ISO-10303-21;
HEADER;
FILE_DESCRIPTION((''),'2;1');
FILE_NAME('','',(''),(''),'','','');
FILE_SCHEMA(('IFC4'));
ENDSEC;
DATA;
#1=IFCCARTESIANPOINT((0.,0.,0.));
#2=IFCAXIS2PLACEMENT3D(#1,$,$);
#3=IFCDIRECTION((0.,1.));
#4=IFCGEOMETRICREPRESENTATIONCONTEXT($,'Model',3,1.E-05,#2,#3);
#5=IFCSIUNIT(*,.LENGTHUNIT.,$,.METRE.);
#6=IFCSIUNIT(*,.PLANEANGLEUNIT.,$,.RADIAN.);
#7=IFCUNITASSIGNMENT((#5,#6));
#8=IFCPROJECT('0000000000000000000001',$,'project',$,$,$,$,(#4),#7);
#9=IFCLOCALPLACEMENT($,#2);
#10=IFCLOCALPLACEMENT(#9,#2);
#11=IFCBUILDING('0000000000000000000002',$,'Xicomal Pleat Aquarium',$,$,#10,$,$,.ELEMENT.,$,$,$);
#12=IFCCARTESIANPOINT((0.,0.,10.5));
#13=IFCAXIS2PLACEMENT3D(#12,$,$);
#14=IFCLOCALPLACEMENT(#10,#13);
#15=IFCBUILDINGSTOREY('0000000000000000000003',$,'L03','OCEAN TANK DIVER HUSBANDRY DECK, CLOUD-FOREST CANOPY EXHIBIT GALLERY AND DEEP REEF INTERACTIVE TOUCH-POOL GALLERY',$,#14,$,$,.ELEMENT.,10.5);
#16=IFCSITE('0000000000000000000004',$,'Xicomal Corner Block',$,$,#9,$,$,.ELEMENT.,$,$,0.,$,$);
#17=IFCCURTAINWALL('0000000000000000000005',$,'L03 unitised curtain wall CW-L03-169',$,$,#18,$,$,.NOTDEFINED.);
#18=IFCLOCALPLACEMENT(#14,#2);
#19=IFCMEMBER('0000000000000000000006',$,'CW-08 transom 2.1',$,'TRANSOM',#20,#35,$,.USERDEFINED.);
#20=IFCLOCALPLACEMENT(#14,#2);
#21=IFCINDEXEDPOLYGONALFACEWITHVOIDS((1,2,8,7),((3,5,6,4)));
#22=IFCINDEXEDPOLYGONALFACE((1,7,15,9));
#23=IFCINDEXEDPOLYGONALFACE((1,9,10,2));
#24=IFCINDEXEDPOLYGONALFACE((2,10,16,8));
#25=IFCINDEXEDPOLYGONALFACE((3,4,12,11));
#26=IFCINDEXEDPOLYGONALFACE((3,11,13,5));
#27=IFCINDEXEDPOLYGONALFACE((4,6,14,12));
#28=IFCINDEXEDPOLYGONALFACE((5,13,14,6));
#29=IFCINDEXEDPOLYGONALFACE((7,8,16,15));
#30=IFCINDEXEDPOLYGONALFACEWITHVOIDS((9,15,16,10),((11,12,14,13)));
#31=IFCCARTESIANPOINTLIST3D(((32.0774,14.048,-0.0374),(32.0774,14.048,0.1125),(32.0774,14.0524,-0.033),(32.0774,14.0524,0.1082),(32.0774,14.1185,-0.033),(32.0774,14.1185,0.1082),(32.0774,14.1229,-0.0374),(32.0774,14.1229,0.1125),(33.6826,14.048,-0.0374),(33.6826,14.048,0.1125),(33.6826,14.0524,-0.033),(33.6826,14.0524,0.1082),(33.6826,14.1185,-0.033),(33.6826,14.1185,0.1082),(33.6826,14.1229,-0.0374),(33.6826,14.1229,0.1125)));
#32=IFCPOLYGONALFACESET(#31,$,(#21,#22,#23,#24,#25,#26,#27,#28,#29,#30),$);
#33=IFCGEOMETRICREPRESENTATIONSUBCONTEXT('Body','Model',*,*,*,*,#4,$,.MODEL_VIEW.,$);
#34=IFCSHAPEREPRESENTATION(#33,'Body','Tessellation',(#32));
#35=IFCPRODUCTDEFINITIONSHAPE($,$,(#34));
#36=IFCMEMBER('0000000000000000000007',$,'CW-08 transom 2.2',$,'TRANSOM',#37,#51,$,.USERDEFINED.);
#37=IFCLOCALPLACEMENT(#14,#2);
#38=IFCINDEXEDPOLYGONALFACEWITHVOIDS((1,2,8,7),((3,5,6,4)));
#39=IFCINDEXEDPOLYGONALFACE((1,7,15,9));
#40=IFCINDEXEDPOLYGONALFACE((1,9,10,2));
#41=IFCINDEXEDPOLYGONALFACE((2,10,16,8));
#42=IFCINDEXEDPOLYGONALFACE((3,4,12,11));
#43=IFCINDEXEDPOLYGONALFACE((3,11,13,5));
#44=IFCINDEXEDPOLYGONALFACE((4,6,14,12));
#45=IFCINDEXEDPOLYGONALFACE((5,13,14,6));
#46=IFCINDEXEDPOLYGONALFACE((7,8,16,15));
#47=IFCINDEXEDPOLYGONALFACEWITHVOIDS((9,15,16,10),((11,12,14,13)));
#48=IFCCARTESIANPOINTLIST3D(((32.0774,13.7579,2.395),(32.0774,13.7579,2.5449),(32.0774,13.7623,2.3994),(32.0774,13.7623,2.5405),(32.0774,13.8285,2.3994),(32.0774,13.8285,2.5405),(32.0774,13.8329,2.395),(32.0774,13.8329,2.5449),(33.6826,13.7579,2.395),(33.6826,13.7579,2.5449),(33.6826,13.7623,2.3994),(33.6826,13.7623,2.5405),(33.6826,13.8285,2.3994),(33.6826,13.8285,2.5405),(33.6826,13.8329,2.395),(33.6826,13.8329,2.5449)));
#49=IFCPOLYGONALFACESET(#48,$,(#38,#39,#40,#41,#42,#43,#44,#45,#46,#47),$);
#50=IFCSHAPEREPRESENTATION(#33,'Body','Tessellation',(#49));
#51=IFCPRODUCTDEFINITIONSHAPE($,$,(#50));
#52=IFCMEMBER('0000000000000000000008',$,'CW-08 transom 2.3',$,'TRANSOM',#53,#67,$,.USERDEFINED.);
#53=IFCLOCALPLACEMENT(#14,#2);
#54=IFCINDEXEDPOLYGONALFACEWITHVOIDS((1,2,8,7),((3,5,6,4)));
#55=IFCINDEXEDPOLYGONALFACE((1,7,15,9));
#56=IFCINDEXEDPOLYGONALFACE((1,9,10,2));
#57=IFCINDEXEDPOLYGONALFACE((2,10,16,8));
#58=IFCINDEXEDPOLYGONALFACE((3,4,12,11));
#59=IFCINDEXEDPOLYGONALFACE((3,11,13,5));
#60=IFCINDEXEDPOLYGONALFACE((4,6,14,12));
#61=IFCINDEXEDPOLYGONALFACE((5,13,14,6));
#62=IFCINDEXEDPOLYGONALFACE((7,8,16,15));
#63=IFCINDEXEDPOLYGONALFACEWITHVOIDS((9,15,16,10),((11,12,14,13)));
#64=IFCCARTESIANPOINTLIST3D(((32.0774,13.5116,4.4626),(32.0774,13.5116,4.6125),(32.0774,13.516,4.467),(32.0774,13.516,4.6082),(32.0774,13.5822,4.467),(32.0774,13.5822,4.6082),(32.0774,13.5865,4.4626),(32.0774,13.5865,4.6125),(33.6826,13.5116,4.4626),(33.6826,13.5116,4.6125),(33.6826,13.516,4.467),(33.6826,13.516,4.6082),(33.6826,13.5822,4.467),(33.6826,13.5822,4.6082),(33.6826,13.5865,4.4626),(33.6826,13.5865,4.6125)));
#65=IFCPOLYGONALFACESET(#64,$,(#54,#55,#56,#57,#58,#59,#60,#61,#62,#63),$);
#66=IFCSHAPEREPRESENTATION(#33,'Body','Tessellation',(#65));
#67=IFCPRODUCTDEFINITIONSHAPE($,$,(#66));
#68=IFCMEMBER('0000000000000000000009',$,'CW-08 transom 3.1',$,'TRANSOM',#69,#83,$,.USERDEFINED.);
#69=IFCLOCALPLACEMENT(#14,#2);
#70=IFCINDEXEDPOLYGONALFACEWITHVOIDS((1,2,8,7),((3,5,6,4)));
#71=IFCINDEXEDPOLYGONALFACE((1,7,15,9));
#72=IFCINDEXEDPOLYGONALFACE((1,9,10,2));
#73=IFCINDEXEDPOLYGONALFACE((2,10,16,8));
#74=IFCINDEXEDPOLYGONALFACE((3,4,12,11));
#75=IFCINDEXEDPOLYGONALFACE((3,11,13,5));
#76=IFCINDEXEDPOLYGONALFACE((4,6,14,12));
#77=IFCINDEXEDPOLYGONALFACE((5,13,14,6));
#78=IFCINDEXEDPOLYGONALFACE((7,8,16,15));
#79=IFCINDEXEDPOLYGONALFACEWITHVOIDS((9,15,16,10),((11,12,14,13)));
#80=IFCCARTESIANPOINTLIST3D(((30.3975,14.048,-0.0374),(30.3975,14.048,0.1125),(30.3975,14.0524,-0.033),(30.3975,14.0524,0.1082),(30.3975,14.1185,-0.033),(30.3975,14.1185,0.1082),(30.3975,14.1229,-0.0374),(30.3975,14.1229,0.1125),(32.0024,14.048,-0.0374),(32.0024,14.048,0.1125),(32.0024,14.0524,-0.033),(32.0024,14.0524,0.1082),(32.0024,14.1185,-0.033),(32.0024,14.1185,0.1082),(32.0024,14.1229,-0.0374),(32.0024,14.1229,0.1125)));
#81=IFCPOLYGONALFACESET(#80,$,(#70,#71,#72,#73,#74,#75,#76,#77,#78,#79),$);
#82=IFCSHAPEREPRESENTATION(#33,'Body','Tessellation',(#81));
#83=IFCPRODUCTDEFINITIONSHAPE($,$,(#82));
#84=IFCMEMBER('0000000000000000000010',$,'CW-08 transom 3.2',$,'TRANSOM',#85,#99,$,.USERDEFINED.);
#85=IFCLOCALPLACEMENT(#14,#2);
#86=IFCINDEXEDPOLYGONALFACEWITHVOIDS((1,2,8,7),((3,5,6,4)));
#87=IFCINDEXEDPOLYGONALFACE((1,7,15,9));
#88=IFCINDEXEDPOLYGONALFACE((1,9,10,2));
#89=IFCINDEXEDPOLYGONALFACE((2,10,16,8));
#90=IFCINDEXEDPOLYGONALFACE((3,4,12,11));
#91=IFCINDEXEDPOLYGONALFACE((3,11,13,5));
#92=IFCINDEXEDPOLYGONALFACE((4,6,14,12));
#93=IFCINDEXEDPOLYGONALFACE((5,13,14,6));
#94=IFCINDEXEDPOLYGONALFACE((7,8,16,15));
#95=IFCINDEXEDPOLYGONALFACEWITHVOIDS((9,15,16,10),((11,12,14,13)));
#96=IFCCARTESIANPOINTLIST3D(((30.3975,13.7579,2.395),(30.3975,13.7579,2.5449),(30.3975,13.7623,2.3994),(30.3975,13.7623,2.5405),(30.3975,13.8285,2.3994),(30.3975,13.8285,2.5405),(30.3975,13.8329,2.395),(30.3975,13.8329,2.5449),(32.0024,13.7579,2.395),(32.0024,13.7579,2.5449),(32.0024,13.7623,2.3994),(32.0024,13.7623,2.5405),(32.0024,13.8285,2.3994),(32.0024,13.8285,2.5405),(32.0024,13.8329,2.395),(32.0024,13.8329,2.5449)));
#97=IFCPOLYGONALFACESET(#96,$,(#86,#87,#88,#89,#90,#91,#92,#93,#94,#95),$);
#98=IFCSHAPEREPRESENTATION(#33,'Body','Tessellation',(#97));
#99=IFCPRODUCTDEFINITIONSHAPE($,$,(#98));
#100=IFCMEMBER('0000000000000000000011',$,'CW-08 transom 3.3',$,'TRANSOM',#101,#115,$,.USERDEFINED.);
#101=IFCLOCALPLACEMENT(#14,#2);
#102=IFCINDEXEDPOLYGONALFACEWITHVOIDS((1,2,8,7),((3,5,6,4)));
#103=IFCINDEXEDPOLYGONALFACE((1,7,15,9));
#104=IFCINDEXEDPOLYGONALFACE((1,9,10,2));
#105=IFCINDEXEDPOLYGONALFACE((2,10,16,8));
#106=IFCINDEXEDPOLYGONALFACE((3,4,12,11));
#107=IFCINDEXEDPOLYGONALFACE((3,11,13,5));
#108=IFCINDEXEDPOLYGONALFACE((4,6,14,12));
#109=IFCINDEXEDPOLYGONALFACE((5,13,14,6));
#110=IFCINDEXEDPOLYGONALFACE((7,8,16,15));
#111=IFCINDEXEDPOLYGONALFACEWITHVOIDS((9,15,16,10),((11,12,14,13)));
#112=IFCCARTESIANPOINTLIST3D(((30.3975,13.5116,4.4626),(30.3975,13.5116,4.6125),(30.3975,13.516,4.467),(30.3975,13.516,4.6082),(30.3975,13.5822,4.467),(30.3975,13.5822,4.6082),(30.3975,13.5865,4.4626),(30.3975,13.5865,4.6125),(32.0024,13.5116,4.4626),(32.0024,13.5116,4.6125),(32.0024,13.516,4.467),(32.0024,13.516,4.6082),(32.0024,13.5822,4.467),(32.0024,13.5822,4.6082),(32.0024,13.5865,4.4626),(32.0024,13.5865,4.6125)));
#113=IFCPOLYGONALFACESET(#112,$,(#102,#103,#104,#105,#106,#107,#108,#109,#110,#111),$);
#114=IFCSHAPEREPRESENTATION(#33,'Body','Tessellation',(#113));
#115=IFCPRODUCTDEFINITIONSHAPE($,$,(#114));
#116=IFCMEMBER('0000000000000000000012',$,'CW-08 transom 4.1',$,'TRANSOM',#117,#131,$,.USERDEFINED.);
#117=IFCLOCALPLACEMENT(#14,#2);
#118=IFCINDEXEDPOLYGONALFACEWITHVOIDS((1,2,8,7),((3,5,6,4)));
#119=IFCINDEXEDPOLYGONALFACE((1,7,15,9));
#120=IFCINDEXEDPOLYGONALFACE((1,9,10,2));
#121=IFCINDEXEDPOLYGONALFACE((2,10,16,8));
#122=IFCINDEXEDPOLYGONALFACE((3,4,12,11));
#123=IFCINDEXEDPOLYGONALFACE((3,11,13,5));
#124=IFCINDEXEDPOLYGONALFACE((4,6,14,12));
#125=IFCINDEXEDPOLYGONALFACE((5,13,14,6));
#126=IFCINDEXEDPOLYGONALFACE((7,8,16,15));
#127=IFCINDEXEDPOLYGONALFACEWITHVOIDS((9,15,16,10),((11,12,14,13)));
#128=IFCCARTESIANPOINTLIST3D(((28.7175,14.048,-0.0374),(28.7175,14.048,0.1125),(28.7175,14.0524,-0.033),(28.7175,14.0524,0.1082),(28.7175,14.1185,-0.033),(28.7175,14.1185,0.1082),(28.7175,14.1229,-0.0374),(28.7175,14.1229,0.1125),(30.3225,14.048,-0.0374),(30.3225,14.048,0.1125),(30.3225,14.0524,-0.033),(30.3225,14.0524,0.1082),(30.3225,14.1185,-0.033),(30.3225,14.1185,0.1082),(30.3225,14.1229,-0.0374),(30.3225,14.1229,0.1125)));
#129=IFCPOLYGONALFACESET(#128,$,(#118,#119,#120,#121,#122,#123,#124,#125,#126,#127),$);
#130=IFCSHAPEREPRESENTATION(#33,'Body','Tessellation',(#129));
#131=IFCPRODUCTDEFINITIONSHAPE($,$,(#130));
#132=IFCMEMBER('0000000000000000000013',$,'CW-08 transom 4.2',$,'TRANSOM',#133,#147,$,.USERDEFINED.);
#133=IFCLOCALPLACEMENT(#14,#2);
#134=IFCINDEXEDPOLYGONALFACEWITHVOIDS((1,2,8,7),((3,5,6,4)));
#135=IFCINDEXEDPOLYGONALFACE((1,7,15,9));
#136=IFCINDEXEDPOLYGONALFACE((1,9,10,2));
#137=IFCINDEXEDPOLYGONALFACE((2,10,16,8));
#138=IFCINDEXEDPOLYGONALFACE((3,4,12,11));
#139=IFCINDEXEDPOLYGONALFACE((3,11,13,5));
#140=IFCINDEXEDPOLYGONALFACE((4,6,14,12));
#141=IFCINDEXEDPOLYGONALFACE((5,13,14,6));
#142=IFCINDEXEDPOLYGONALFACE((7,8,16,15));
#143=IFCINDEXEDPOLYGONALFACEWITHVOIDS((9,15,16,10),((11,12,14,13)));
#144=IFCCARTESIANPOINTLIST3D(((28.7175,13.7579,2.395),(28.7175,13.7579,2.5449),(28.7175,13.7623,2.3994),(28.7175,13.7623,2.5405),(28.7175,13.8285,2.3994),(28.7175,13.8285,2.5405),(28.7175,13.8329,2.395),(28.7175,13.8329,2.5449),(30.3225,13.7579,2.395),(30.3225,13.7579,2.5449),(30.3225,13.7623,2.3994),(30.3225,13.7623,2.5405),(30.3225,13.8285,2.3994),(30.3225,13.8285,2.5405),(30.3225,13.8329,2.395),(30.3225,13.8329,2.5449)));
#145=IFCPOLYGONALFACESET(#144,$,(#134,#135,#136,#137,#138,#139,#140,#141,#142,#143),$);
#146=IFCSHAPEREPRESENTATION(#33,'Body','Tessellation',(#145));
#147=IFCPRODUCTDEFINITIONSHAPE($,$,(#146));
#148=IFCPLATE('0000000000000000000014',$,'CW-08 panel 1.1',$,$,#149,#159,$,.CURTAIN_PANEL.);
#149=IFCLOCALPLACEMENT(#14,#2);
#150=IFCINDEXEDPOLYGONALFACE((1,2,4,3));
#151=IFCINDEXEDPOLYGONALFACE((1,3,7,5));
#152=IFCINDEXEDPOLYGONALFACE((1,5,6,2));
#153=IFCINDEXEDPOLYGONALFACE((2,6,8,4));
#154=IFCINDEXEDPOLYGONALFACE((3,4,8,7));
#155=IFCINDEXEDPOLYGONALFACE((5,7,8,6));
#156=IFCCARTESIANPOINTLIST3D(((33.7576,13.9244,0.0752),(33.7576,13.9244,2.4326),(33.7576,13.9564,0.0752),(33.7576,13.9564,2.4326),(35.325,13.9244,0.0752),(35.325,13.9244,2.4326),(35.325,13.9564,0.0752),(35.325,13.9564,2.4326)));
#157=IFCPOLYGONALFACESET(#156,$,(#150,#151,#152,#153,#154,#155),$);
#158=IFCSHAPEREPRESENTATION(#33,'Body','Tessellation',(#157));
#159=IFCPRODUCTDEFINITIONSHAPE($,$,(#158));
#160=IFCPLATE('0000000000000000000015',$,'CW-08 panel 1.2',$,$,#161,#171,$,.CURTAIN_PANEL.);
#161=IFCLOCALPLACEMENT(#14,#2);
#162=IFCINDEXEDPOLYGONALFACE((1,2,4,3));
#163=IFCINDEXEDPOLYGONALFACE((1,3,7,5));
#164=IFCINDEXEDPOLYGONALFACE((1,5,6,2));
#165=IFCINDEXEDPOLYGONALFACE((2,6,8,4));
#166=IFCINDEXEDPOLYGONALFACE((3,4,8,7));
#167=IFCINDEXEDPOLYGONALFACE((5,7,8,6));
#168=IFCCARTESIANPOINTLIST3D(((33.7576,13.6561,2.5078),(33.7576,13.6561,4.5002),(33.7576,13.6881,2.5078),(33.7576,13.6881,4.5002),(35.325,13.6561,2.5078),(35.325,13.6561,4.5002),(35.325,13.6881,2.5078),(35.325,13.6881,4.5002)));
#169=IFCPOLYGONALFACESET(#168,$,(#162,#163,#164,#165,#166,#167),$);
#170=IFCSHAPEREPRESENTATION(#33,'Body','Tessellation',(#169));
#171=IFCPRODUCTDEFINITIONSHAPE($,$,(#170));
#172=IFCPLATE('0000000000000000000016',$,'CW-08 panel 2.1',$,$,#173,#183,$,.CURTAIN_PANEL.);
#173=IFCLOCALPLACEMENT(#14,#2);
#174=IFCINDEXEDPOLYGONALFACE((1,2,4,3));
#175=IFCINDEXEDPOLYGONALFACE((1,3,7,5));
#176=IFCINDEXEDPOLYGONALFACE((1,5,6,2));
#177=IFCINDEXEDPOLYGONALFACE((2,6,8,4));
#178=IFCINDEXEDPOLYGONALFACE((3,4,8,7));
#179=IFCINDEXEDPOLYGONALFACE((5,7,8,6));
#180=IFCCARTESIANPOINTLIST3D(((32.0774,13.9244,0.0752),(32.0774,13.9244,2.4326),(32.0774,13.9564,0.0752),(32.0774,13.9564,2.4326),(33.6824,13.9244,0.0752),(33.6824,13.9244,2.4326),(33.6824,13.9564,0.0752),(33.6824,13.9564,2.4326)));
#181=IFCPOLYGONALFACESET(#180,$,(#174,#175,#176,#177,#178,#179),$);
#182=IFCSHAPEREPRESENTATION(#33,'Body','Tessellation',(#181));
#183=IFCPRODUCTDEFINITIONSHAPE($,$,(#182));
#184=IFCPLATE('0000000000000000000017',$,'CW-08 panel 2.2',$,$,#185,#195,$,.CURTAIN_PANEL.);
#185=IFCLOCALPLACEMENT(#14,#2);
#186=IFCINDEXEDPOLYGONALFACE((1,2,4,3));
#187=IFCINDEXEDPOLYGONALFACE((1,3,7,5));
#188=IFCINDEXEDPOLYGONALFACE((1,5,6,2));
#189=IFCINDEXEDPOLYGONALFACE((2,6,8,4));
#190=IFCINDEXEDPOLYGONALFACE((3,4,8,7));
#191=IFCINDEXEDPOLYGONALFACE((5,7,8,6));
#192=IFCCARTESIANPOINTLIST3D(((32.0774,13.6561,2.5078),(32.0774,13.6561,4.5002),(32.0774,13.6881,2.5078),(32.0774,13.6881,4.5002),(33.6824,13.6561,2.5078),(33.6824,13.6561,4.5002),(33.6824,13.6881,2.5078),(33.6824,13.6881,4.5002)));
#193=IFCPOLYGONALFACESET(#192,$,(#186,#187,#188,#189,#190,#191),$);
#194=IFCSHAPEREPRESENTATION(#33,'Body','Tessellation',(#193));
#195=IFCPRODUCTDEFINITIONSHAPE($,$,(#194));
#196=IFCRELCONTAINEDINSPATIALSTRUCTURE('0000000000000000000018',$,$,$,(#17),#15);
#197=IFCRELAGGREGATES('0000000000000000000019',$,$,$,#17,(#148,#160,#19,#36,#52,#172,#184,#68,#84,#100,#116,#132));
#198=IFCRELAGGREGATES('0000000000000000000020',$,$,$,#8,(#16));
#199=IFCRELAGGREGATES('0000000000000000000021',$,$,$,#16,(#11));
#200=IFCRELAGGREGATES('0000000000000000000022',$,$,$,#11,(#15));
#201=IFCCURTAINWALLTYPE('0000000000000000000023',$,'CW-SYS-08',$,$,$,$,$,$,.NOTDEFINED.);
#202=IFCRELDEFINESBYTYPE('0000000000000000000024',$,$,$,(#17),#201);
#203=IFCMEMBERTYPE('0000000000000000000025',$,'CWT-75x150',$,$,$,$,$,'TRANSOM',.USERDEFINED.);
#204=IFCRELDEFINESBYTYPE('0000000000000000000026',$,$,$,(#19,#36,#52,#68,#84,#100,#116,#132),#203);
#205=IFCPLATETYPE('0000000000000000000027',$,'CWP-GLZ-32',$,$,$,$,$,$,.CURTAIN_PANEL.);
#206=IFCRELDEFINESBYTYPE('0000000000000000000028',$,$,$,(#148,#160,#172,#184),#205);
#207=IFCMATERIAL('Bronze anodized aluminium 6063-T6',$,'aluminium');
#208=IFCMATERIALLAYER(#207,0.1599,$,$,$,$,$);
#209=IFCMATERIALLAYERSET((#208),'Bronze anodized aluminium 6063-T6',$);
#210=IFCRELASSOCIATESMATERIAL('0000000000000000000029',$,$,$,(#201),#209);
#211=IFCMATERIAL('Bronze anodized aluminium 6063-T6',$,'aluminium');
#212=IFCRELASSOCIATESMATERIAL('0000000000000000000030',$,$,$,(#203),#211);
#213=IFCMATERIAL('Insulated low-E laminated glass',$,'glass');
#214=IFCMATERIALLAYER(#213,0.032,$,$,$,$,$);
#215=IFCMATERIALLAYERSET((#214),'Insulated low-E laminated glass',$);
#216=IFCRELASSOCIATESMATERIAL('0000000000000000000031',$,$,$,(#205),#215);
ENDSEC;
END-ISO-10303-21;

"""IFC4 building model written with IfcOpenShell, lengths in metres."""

from ifc_helpers import new_model, si_unit, direction, frame, origin, origin_2d, place, context, subcontext, project, spatial, rectangle, hollow_rectangle, extrude, material, layer, layer_set, material_profile, profile_set, type_object, element, aggregate, save


model = new_model("IFC4")

# Units and contexts
model_context = context("Model", 3, precision=1e-05, world=origin(), true_north=direction((0.0, 1.0)))
body_context = subcontext(model_context, "Body", "Model", "MODEL_VIEW")
ifc_project = project(units=[si_unit("LENGTHUNIT", "METRE"), si_unit("PLANEANGLEUNIT", "RADIAN")], contexts=[model_context])

# Site, building, storey
site_placement = place(None, origin())
site = spatial("IfcSite", under=ifc_project, at=site_placement, Name="Xicomal Corner Block", CompositionType="ELEMENT", RefElevation=0.0)
building_placement = place(site_placement, origin())
building = spatial("IfcBuilding", under=site, at=building_placement, Name="Xicomal Pleat Aquarium", CompositionType="ELEMENT")
storey_placement = place(building_placement, frame((0.0, 0.0, 10.5)))
storey = spatial("IfcBuildingStorey", under=building, at=storey_placement, Name="L03", Description="OCEAN TANK DIVER HUSBANDRY DECK, CLOUD-FOREST CANOPY EXHIBIT GALLERY AND DEEP REEF INTERACTIVE TOUCH-POOL GALLERY", CompositionType="ELEMENT", Elevation=10.5)

# Curtain wall, members, plates
ifc_material_1 = material(Name="Bronze anodized aluminium 6063-T6", Category="aluminium")
ifc_layer_1 = layer(ifc_material_1, 0.1599)
ifc_layer_set_1 = layer_set([ifc_layer_1], Name="Bronze anodized aluminium 6063-T6")
curtain_wall_type = type_object("IfcCurtainWallType", Name="CW-SYS-08", PredefinedType="NOTDEFINED", material=ifc_layer_set_1)
curtain_wall_placement = place(storey_placement, origin())
curtain_wall = element("IfcCurtainWall", 1, at=curtain_wall_placement, inside=storey, type_object=curtain_wall_type, Name="L03 unitised curtain wall CW-L03-169", PredefinedType="NOTDEFINED")
ifc_material_2 = material(Name="Bronze anodized aluminium 6063-T6", Category="aluminium")
ifc_material_profile_1 = material_profile(ifc_material_2, hollow_rectangle(XDim=0.075, YDim=0.1499, WallThickness=0.0044, at=origin_2d()), Name="ALU TRAN 75x150")
ifc_profile_set_1 = profile_set([ifc_material_profile_1], Name="Bronze anodized aluminium 6063-T6")
member_type_1 = type_object("IfcMemberType", Name="CWT-75x150", ElementType="TRANSOM", PredefinedType="USERDEFINED", material=ifc_profile_set_1)
member_1_placement = place(storey_placement, frame((33.6826, 14.0854, 0.0376), z_axis=(-1.0, 0.0, 0.0), x_axis=(0.0, -1.0, 0.0)))
member_1 = element("IfcMember", 2, at=member_1_placement, type_object=member_type_1, Name="CW-08 transom 2.1", ObjectType="TRANSOM", PredefinedType="USERDEFINED", context=body_context, shape_type="SweptSolid", body=[
    extrude(hollow_rectangle(XDim=0.075, YDim=0.1499, WallThickness=0.0044, at=origin_2d()), origin(), (0.0, 0.0, 1.0), 1.6052),
])
member_2_placement = place(storey_placement, frame((33.6826, 13.7954, 2.47), z_axis=(-1.0, 0.0, 0.0), x_axis=(0.0, -1.0, 0.0)))
member_2 = element("IfcMember", 3, at=member_2_placement, type_object=member_type_1, Name="CW-08 transom 2.2", ObjectType="TRANSOM", PredefinedType="USERDEFINED", context=body_context, shape_type="SweptSolid", body=[
    extrude(hollow_rectangle(XDim=0.075, YDim=0.1499, WallThickness=0.0044, at=origin_2d()), origin(), (0.0, 0.0, 1.0), 1.6052),
])
member_3_placement = place(storey_placement, frame((33.6826, 13.5491, 4.5376), z_axis=(-1.0, 0.0, 0.0), x_axis=(0.0, -1.0, 0.0)))
member_3 = element("IfcMember", 4, at=member_3_placement, type_object=member_type_1, Name="CW-08 transom 2.3", ObjectType="TRANSOM", PredefinedType="USERDEFINED", context=body_context, shape_type="SweptSolid", body=[
    extrude(hollow_rectangle(XDim=0.075, YDim=0.1499, WallThickness=0.0044, at=origin_2d()), origin(), (0.0, 0.0, 1.0), 1.6052),
])
member_4_placement = place(storey_placement, frame((32.0024, 14.0854, 0.0376), z_axis=(-1.0, 0.0, 0.0), x_axis=(0.0, -1.0, 0.0)))
member_4 = element("IfcMember", 5, at=member_4_placement, type_object=member_type_1, Name="CW-08 transom 3.1", ObjectType="TRANSOM", PredefinedType="USERDEFINED", context=body_context, shape_type="SweptSolid", body=[
    extrude(hollow_rectangle(XDim=0.075, YDim=0.1499, WallThickness=0.0044, at=origin_2d()), origin(), (0.0, 0.0, 1.0), 1.605),
])
member_5_placement = place(storey_placement, frame((32.0024, 13.7954, 2.47), z_axis=(-1.0, 0.0, 0.0), x_axis=(0.0, -1.0, 0.0)))
member_5 = element("IfcMember", 6, at=member_5_placement, type_object=member_type_1, Name="CW-08 transom 3.2", ObjectType="TRANSOM", PredefinedType="USERDEFINED", context=body_context, shape_type="SweptSolid", body=[
    extrude(hollow_rectangle(XDim=0.075, YDim=0.1499, WallThickness=0.0044, at=origin_2d()), origin(), (0.0, 0.0, 1.0), 1.605),
])
member_6_placement = place(storey_placement, frame((32.0024, 13.5491, 4.5376), z_axis=(-1.0, 0.0, 0.0), x_axis=(0.0, -1.0, 0.0)))
member_6 = element("IfcMember", 7, at=member_6_placement, type_object=member_type_1, Name="CW-08 transom 3.3", ObjectType="TRANSOM", PredefinedType="USERDEFINED", context=body_context, shape_type="SweptSolid", body=[
    extrude(hollow_rectangle(XDim=0.075, YDim=0.1499, WallThickness=0.0044, at=origin_2d()), origin(), (0.0, 0.0, 1.0), 1.605),
])
member_7_placement = place(storey_placement, frame((30.3225, 14.0854, 0.0376), z_axis=(-1.0, 0.0, 0.0), x_axis=(0.0, -1.0, 0.0)))
member_7 = element("IfcMember", 8, at=member_7_placement, type_object=member_type_1, Name="CW-08 transom 4.1", ObjectType="TRANSOM", PredefinedType="USERDEFINED", context=body_context, shape_type="SweptSolid", body=[
    extrude(hollow_rectangle(XDim=0.075, YDim=0.1499, WallThickness=0.0044, at=origin_2d()), origin(), (0.0, 0.0, 1.0), 1.605),
])
member_8_placement = place(storey_placement, frame((30.3225, 13.7954, 2.47), z_axis=(-1.0, 0.0, 0.0), x_axis=(0.0, -1.0, 0.0)))
member_8 = element("IfcMember", 9, at=member_8_placement, type_object=member_type_1, Name="CW-08 transom 4.2", ObjectType="TRANSOM", PredefinedType="USERDEFINED", context=body_context, shape_type="SweptSolid", body=[
    extrude(hollow_rectangle(XDim=0.075, YDim=0.1499, WallThickness=0.0044, at=origin_2d()), origin(), (0.0, 0.0, 1.0), 1.605),
])
ifc_material_3 = material(Name="Insulated low-E laminated glass", Category="glass")
ifc_layer_2 = layer(ifc_material_3, 0.032)
ifc_layer_set_2 = layer_set([ifc_layer_2], Name="Insulated low-E laminated glass")
plate_type = type_object("IfcPlateType", Name="CWP-GLZ-32", PredefinedType="CURTAIN_PANEL", material=ifc_layer_set_2)
plate_1_placement = place(storey_placement, frame((34.5413, 13.9404, 0.0752), z_axis=(0.0, 0.0, 1.0), x_axis=(-1.0, 0.0, 0.0)))
plate_1 = element("IfcPlate", 10, at=plate_1_placement, type_object=plate_type, Name="CW-08 panel 1.1", PredefinedType="CURTAIN_PANEL", context=body_context, shape_type="SweptSolid", body=[
    extrude(rectangle(XDim=1.5674, YDim=0.032, at=origin_2d()), origin(), (0.0, 0.0, 1.0), 2.3574),
])
plate_2_placement = place(storey_placement, frame((34.5413, 13.6721, 2.5078), z_axis=(0.0, 0.0, 1.0), x_axis=(-1.0, 0.0, 0.0)))
plate_2 = element("IfcPlate", 11, at=plate_2_placement, type_object=plate_type, Name="CW-08 panel 1.2", PredefinedType="CURTAIN_PANEL", context=body_context, shape_type="SweptSolid", body=[
    extrude(rectangle(XDim=1.5674, YDim=0.032, at=origin_2d()), origin(), (0.0, 0.0, 1.0), 1.9924),
])
plate_3_placement = place(storey_placement, frame((32.8799, 13.9404, 0.0752), z_axis=(0.0, 0.0, 1.0), x_axis=(-1.0, 0.0, 0.0)))
plate_3 = element("IfcPlate", 12, at=plate_3_placement, type_object=plate_type, Name="CW-08 panel 2.1", PredefinedType="CURTAIN_PANEL", context=body_context, shape_type="SweptSolid", body=[
    extrude(rectangle(XDim=1.605, YDim=0.032, at=origin_2d()), origin(), (0.0, 0.0, 1.0), 2.3574),
])
plate_4_placement = place(storey_placement, frame((32.8799, 13.6721, 2.5078), z_axis=(0.0, 0.0, 1.0), x_axis=(-1.0, 0.0, 0.0)))
plate_4 = element("IfcPlate", 13, at=plate_4_placement, type_object=plate_type, Name="CW-08 panel 2.2", PredefinedType="CURTAIN_PANEL", context=body_context, shape_type="SweptSolid", body=[
    extrude(rectangle(XDim=1.605, YDim=0.032, at=origin_2d()), origin(), (0.0, 0.0, 1.0), 1.9924),
])
aggregate(curtain_wall, [plate_1, plate_2, member_1, member_2, member_3, plate_3, plate_4, member_4, member_5, member_6, member_7, member_8])

save(model, "model.ifc")
